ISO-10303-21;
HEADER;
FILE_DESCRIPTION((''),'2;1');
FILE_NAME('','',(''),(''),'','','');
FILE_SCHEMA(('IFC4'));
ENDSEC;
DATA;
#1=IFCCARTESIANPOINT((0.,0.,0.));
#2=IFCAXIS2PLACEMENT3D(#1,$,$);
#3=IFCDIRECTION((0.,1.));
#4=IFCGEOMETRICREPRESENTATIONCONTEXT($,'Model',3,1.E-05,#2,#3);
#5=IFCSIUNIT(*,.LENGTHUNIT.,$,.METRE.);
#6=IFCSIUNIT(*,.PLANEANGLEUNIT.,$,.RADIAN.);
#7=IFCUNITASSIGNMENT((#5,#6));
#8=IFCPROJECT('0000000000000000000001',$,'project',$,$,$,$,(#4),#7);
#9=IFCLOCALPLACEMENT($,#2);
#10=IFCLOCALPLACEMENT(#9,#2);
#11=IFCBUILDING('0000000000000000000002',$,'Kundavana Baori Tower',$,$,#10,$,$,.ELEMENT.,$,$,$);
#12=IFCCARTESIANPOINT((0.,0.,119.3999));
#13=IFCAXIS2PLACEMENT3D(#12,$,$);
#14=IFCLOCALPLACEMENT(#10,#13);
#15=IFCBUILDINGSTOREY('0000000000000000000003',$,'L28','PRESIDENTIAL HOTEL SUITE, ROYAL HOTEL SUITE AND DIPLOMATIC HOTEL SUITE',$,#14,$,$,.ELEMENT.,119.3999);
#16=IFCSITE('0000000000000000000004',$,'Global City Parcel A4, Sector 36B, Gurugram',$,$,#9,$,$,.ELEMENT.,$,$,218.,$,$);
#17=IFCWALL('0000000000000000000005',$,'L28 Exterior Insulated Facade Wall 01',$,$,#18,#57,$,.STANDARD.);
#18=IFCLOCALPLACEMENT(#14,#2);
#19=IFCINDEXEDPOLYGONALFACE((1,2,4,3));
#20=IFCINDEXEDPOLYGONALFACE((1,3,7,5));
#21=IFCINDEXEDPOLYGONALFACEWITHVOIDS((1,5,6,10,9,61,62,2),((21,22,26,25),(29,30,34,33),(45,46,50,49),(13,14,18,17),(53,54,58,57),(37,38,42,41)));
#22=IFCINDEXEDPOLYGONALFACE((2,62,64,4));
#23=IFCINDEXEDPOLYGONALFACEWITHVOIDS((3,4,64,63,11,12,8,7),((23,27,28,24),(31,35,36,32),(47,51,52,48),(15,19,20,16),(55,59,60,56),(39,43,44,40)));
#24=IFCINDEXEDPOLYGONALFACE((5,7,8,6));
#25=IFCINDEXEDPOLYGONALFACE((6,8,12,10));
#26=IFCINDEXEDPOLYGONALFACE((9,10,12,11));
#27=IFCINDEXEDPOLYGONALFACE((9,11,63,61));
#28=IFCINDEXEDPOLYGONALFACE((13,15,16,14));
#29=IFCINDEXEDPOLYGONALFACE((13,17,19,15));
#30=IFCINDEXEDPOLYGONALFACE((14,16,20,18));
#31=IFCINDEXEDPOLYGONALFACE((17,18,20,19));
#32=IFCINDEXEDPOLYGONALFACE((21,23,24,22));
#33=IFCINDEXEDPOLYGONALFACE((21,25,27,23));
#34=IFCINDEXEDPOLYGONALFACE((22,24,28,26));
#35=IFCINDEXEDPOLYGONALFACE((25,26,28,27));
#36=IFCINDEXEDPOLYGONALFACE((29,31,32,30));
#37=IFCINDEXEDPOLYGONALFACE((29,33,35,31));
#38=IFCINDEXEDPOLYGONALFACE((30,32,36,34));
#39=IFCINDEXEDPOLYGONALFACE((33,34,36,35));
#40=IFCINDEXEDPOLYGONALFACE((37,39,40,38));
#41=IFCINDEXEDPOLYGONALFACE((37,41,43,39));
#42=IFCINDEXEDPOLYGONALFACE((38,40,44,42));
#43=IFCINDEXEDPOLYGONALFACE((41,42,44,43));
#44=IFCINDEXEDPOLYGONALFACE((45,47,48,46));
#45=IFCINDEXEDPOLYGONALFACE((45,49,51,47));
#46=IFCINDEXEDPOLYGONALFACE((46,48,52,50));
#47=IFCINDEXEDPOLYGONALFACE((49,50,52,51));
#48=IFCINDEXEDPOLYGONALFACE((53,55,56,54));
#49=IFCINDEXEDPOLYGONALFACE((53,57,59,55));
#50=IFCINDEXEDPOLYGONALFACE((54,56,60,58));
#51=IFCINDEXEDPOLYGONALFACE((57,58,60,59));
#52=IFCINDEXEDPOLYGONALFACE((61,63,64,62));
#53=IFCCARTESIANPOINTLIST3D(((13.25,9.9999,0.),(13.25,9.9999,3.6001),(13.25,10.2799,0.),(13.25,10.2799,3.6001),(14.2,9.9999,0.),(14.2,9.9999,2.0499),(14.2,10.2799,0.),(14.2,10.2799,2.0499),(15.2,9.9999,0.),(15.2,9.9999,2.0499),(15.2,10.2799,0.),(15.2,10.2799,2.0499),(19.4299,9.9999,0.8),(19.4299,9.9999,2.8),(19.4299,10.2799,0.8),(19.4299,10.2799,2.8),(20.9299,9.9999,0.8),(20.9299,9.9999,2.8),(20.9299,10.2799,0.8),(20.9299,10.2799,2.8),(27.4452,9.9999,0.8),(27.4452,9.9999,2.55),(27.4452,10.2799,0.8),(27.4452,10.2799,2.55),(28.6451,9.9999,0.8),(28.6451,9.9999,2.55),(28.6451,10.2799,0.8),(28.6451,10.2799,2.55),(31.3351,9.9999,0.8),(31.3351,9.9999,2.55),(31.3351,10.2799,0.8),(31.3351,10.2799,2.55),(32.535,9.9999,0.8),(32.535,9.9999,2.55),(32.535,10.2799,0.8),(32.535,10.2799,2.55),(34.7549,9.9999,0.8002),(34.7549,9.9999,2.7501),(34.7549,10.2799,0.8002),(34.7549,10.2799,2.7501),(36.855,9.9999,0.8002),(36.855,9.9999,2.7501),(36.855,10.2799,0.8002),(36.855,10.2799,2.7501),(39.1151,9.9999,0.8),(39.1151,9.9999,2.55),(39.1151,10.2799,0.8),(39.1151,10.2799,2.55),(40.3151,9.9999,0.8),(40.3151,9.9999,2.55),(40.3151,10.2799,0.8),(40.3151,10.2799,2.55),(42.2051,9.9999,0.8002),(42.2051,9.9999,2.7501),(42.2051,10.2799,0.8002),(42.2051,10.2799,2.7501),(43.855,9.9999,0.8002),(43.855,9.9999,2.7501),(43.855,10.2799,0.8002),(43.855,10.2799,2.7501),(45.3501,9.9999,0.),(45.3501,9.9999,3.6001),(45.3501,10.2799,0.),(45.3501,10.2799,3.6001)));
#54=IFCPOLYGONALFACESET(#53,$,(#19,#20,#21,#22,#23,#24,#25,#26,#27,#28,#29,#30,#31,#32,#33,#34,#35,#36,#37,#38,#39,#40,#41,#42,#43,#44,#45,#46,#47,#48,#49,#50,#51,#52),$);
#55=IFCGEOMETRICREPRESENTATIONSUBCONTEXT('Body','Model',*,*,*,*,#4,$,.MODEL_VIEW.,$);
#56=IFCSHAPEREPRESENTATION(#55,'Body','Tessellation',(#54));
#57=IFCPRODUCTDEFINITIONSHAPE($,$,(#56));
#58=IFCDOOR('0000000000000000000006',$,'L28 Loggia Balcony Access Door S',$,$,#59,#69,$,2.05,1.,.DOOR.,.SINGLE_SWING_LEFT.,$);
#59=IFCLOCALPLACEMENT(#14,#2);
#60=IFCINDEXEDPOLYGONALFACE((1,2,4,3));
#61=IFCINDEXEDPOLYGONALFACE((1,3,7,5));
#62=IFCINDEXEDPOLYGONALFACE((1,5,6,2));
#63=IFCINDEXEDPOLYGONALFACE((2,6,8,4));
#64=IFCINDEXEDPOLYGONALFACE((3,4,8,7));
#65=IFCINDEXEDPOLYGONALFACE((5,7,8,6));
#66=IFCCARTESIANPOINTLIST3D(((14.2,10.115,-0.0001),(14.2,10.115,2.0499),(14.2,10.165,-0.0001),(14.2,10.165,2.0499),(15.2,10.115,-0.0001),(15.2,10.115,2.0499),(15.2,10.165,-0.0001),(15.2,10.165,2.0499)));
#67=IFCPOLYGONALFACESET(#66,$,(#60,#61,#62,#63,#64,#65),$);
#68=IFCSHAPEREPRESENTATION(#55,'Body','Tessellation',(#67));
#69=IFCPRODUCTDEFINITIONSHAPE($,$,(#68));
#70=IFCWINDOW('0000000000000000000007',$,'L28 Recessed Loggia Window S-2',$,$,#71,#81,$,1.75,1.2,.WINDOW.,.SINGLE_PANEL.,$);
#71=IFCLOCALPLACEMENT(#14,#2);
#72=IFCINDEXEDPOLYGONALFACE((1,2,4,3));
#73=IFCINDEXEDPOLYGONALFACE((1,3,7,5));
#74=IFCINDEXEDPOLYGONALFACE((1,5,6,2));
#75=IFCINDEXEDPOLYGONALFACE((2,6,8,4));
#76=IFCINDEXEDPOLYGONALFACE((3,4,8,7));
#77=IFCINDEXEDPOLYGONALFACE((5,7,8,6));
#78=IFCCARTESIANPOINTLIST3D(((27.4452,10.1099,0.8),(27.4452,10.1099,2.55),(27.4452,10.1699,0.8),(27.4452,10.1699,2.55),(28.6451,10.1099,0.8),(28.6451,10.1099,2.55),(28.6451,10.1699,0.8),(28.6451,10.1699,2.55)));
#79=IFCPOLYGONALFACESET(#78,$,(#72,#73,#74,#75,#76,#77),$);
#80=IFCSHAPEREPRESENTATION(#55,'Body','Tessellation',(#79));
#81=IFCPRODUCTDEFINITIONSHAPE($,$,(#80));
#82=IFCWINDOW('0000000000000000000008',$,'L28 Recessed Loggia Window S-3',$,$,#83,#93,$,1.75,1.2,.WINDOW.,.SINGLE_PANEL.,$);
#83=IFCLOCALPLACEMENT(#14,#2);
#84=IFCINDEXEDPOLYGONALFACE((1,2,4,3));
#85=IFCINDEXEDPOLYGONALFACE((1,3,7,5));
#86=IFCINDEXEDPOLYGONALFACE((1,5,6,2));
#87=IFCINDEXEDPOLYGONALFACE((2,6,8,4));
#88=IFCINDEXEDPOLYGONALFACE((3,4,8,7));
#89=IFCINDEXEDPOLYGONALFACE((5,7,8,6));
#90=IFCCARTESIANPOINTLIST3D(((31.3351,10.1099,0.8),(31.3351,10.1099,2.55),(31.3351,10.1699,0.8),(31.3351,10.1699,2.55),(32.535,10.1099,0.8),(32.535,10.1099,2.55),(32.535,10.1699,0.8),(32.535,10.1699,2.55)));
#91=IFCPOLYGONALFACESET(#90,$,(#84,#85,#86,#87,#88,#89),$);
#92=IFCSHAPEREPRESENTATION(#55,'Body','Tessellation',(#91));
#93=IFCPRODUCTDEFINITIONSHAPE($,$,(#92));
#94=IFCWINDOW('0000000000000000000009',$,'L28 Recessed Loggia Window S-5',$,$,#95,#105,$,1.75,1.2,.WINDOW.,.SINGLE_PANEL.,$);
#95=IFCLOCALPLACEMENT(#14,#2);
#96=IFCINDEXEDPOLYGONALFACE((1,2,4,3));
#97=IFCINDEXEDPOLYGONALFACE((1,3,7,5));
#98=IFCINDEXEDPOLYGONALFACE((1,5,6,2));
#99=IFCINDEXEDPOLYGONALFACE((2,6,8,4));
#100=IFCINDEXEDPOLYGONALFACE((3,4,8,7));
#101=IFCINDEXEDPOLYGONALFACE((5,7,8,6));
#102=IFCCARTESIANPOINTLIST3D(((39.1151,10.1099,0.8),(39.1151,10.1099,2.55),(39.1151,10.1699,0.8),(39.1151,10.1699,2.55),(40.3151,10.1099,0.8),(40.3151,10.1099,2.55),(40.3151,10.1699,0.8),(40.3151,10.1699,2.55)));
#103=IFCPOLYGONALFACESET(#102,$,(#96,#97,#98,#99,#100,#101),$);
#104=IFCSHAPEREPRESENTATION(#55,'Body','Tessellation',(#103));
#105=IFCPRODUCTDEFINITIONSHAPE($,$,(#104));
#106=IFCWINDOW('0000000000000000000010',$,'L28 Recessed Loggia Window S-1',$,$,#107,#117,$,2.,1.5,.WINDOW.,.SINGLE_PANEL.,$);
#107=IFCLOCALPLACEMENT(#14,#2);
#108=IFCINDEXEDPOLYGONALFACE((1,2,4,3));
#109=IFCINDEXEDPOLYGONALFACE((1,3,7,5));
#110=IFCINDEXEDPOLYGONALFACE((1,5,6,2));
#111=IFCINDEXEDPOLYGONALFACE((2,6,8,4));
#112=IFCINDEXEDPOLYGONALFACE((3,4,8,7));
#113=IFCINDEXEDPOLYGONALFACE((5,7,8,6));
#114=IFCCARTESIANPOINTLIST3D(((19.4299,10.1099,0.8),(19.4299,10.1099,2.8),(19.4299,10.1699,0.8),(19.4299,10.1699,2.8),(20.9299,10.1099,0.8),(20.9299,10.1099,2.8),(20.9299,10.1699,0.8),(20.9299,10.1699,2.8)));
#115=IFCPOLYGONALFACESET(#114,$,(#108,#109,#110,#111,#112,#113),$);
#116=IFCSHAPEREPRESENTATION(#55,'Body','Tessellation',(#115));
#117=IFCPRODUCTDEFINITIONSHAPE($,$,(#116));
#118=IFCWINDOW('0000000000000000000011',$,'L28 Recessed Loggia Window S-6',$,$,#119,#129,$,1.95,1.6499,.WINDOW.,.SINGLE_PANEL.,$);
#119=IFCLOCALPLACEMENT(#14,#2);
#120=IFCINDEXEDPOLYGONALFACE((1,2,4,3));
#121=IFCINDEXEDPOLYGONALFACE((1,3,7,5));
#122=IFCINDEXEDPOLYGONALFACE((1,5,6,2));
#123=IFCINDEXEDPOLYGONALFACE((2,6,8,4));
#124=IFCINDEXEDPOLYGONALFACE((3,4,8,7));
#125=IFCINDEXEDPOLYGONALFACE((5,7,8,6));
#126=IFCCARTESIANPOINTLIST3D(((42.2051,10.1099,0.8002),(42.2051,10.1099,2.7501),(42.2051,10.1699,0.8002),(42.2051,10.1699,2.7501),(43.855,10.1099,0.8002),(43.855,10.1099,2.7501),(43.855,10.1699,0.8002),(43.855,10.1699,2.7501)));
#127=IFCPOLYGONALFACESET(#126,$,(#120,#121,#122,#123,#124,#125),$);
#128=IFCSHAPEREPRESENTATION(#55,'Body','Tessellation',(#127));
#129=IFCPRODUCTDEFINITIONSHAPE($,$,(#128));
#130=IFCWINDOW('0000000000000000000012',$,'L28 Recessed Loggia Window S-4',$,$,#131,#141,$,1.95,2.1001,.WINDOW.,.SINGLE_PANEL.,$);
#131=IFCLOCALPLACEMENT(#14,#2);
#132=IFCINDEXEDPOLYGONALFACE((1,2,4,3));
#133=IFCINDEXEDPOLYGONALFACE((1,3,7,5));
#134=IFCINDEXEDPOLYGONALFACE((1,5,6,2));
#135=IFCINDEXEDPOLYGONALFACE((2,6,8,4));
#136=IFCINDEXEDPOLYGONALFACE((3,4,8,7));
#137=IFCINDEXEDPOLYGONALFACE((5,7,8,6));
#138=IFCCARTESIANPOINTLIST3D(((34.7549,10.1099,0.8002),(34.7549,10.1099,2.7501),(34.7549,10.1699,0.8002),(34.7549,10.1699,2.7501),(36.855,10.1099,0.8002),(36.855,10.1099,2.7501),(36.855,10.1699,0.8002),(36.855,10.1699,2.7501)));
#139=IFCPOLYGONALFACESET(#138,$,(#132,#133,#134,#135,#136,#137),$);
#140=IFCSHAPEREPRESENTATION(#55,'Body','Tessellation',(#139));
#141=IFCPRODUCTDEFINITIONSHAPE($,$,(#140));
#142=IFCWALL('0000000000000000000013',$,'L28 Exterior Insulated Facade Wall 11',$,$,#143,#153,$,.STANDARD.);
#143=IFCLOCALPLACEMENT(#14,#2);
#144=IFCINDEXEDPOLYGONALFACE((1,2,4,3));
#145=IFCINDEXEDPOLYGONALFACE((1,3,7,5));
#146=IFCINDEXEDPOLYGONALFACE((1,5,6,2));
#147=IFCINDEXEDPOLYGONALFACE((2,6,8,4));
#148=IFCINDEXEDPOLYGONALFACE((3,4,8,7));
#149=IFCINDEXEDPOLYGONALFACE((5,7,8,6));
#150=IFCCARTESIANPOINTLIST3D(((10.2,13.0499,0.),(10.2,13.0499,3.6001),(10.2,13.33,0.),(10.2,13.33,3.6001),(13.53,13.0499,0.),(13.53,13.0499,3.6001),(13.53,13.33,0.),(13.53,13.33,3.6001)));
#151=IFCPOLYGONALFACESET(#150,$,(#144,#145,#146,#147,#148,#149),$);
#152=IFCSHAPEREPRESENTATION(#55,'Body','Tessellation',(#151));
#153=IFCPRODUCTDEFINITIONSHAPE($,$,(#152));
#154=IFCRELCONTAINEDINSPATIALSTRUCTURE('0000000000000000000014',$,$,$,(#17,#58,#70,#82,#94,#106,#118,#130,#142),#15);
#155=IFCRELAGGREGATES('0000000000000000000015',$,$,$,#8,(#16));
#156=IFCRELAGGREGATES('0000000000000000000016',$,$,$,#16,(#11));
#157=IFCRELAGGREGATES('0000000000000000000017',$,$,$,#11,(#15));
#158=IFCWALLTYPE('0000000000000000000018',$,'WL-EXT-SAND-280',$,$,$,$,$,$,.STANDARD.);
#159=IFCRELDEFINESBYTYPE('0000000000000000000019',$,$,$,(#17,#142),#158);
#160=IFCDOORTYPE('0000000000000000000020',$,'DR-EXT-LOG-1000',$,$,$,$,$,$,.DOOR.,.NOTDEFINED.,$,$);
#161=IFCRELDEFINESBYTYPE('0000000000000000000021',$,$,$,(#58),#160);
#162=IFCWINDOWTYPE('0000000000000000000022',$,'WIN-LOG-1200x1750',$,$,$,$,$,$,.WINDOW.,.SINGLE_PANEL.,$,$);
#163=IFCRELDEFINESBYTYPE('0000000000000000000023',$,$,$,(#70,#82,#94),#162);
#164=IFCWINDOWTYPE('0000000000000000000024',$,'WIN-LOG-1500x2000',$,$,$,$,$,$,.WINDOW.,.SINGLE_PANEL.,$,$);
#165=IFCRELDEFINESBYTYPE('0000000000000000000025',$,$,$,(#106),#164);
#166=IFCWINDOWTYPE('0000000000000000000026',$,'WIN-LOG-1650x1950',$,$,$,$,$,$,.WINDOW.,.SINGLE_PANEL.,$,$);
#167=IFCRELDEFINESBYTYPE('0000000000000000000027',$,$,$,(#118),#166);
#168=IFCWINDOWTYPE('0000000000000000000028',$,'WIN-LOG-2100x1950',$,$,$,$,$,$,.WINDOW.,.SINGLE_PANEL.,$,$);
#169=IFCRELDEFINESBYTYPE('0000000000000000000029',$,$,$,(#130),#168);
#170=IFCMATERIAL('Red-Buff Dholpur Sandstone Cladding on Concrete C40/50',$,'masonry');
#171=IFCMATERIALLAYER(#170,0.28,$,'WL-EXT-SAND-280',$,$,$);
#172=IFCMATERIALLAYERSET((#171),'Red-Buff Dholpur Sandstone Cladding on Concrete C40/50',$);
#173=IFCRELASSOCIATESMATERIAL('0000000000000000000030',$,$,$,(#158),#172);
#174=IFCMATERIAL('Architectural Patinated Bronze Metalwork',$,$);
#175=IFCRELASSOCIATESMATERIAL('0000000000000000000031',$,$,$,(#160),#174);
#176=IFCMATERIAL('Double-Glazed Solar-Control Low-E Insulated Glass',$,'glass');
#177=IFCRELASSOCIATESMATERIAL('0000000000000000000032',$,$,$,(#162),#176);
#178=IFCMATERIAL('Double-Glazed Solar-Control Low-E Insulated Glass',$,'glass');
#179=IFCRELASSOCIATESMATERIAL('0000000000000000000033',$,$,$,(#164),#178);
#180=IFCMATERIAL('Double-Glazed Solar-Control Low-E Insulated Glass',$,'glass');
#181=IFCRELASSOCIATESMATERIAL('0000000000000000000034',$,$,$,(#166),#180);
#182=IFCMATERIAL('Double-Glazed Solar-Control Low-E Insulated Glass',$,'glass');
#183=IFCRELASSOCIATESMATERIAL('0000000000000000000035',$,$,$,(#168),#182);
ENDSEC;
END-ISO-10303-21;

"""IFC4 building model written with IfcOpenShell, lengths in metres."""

from ifc_helpers import new_model, si_unit, direction, frame, frame_2d, origin, place, context, subcontext, project, spatial, rectangle, extrude, material, layer, layer_set, type_object, element, fill, save


model = new_model("IFC4")

# Units and contexts
model_context = context("Model", 3, precision=1e-05, world=origin(), true_north=direction((0.0, 1.0)))
body_context = subcontext(model_context, "Body", "Model", "MODEL_VIEW")
ifc_project = project(units=[si_unit("LENGTHUNIT", "METRE"), si_unit("PLANEANGLEUNIT", "RADIAN")], contexts=[model_context])

# Site, building, storey
site_placement = place(None, origin())
site = spatial("IfcSite", under=ifc_project, at=site_placement, Name="Global City Parcel A4, Sector 36B, Gurugram", CompositionType="ELEMENT", RefElevation=218.0)
building_placement = place(site_placement, origin())
building = spatial("IfcBuilding", under=site, at=building_placement, Name="Kundavana Baori Tower", CompositionType="ELEMENT")
storey_placement = place(building_placement, frame((0.0, 0.0, 119.3999)))
storey = spatial("IfcBuildingStorey", under=building, at=storey_placement, Name="L28", Description="PRESIDENTIAL HOTEL SUITE, ROYAL HOTEL SUITE AND DIPLOMATIC HOTEL SUITE", CompositionType="ELEMENT", Elevation=119.3999)

# Wall, openings, door, windows
ifc_material_1 = material(Name="Red-Buff Dholpur Sandstone Cladding on Concrete C40/50", Category="masonry")
ifc_layer_1 = layer(ifc_material_1, 0.28, Name="WL-EXT-SAND-280")
ifc_layer_set_1 = layer_set([ifc_layer_1], Name="Red-Buff Dholpur Sandstone Cladding on Concrete C40/50")
wall_type_1 = type_object("IfcWallType", Name="WL-EXT-SAND-280", PredefinedType="STANDARD", material=ifc_layer_set_1)
wall_1_placement = place(storey_placement, frame((13.25, 10.1399, 0.0), z_axis=(0.0, 0.0, 1.0), x_axis=(1.0, 0.0, 0.0)))
wall_1 = element("IfcWall", 1, at=wall_1_placement, inside=storey, type_object=wall_type_1, Name="L28 Exterior Insulated Facade Wall 01", PredefinedType="STANDARD", context=body_context, shape_type="SweptSolid", body=[
    extrude(rectangle(XDim=32.1001, YDim=0.28, at=frame_2d((16.05, 0.0))), origin(), (0.0, 0.0, 1.0), 3.6001),
])
opening_1_placement = place(wall_1_placement, frame((0.95, 0.0, 0.0)))
opening_1 = element("IfcOpeningElement", 2, at=opening_1_placement, cuts=wall_1, PredefinedType="OPENING", context=body_context, shape_type="SweptSolid", body=[
    extrude(rectangle(XDim=1.0, YDim=2.05, at=frame_2d((0.5, 1.0249))), frame((0.0, 0.1499, 0.0), z_axis=(0.0, -1.0, 0.0), x_axis=(1.0, 0.0, 0.0)), (0.0, 0.0, 1.0), 0.3),
])
opening_2_placement = place(wall_1_placement, frame((6.1799, 0.0, 0.8)))
opening_2 = element("IfcOpeningElement", 3, at=opening_2_placement, cuts=wall_1, PredefinedType="OPENING", context=body_context, shape_type="SweptSolid", body=[
    extrude(rectangle(XDim=1.5, YDim=2.0, at=frame_2d((0.75, 1.0))), frame((0.0, 0.1499, 0.0), z_axis=(0.0, -1.0, 0.0), x_axis=(1.0, 0.0, 0.0)), (0.0, 0.0, 1.0), 0.3),
])
opening_3_placement = place(wall_1_placement, frame((14.1951, 0.0, 0.8)))
opening_3 = element("IfcOpeningElement", 4, at=opening_3_placement, cuts=wall_1, PredefinedType="OPENING", context=body_context, shape_type="SweptSolid", body=[
    extrude(rectangle(XDim=1.2, YDim=1.75, at=frame_2d((0.6001, 0.875))), frame((0.0, 0.1499, 0.0), z_axis=(0.0, -1.0, 0.0), x_axis=(1.0, 0.0, 0.0)), (0.0, 0.0, 1.0), 0.3),
])
opening_4_placement = place(wall_1_placement, frame((18.085, 0.0, 0.8)))
opening_4 = element("IfcOpeningElement", 5, at=opening_4_placement, cuts=wall_1, PredefinedType="OPENING", context=body_context, shape_type="SweptSolid", body=[
    extrude(rectangle(XDim=1.2, YDim=1.75, at=frame_2d((0.6001, 0.875))), frame((0.0, 0.1499, 0.0), z_axis=(0.0, -1.0, 0.0), x_axis=(1.0, 0.0, 0.0)), (0.0, 0.0, 1.0), 0.3),
])
opening_5_placement = place(wall_1_placement, frame((21.5049, 0.0, 0.8)))
opening_5 = element("IfcOpeningElement", 6, at=opening_5_placement, cuts=wall_1, PredefinedType="OPENING", context=body_context, shape_type="SweptSolid", body=[
    extrude(rectangle(XDim=2.1001, YDim=1.95, at=frame_2d((1.05, 0.9751))), frame((0.0, 0.1499, 0.0), z_axis=(0.0, -1.0, 0.0), x_axis=(1.0, 0.0, 0.0)), (0.0, 0.0, 1.0), 0.3),
])
opening_6_placement = place(wall_1_placement, frame((25.865, 0.0, 0.8)))
opening_6 = element("IfcOpeningElement", 7, at=opening_6_placement, cuts=wall_1, PredefinedType="OPENING", context=body_context, shape_type="SweptSolid", body=[
    extrude(rectangle(XDim=1.2, YDim=1.75, at=frame_2d((0.6001, 0.875))), frame((0.0, 0.1499, 0.0), z_axis=(0.0, -1.0, 0.0), x_axis=(1.0, 0.0, 0.0)), (0.0, 0.0, 1.0), 0.3),
])
opening_7_placement = place(wall_1_placement, frame((28.9551, 0.0, 0.8)))
opening_7 = element("IfcOpeningElement", 8, at=opening_7_placement, cuts=wall_1, PredefinedType="OPENING", context=body_context, shape_type="SweptSolid", body=[
    extrude(rectangle(XDim=1.6499, YDim=1.95, at=frame_2d((0.825, 0.9751))), frame((0.0, 0.1499, 0.0), z_axis=(0.0, -1.0, 0.0), x_axis=(1.0, 0.0, 0.0)), (0.0, 0.0, 1.0), 0.3),
])
ifc_material_2 = material(Name="Architectural Patinated Bronze Metalwork")
door_type = type_object("IfcDoorType", Name="DR-EXT-LOG-1000", OperationType="NOTDEFINED", PredefinedType="DOOR", material=ifc_material_2)
door_placement = place(opening_1_placement, frame((1.0, 0.0, 0.0), z_axis=(0.0, 0.0, 1.0), x_axis=(-1.0, 0.0, 0.0)))
door = element("IfcDoor", 9, at=door_placement, inside=storey, type_object=door_type, Name="L28 Loggia Balcony Access Door S", OperationType="SINGLE_SWING_LEFT", OverallHeight=2.05, OverallWidth=1.0, PredefinedType="DOOR", context=body_context, shape_type="SweptSolid", body=[
    extrude(rectangle(XDim=1.0, YDim=2.05, at=frame_2d((0.5, 1.0249))), frame((0.0, 0.0249, 0.0), z_axis=(0.0, -1.0, 0.0), x_axis=(1.0, 0.0, 0.0)), (0.0, 0.0, 1.0), 0.05),
])
fill(opening_1, door)
ifc_material_3 = material(Name="Double-Glazed Solar-Control Low-E Insulated Glass", Category="glass")
window_type_1 = type_object("IfcWindowType", Name="WIN-LOG-1200x1750", PartitioningType="SINGLE_PANEL", PredefinedType="WINDOW", material=ifc_material_3)
window_1_placement = place(opening_3_placement, origin())
window_1 = element("IfcWindow", 10, at=window_1_placement, inside=storey, type_object=window_type_1, Name="L28 Recessed Loggia Window S-2", OverallHeight=1.75, OverallWidth=1.2, PartitioningType="SINGLE_PANEL", PredefinedType="WINDOW", context=body_context, shape_type="SweptSolid", body=[
    extrude(rectangle(XDim=1.2, YDim=1.75, at=frame_2d((0.6001, 0.875))), frame((0.0, 0.03, 0.0), z_axis=(0.0, -1.0, 0.0), x_axis=(1.0, 0.0, 0.0)), (0.0, 0.0, 1.0), 0.0601),
])
fill(opening_3, window_1)
window_2_placement = place(opening_4_placement, origin())
window_2 = element("IfcWindow", 11, at=window_2_placement, inside=storey, type_object=window_type_1, Name="L28 Recessed Loggia Window S-3", OverallHeight=1.75, OverallWidth=1.2, PartitioningType="SINGLE_PANEL", PredefinedType="WINDOW", context=body_context, shape_type="SweptSolid", body=[
    extrude(rectangle(XDim=1.2, YDim=1.75, at=frame_2d((0.6001, 0.875))), frame((0.0, 0.03, 0.0), z_axis=(0.0, -1.0, 0.0), x_axis=(1.0, 0.0, 0.0)), (0.0, 0.0, 1.0), 0.0601),
])
fill(opening_4, window_2)
window_3_placement = place(opening_6_placement, origin())
window_3 = element("IfcWindow", 12, at=window_3_placement, inside=storey, type_object=window_type_1, Name="L28 Recessed Loggia Window S-5", OverallHeight=1.75, OverallWidth=1.2, PartitioningType="SINGLE_PANEL", PredefinedType="WINDOW", context=body_context, shape_type="SweptSolid", body=[
    extrude(rectangle(XDim=1.2, YDim=1.75, at=frame_2d((0.6001, 0.875))), frame((0.0, 0.03, 0.0), z_axis=(0.0, -1.0, 0.0), x_axis=(1.0, 0.0, 0.0)), (0.0, 0.0, 1.0), 0.0601),
])
fill(opening_6, window_3)
ifc_material_4 = material(Name="Double-Glazed Solar-Control Low-E Insulated Glass", Category="glass")
window_type_2 = type_object("IfcWindowType", Name="WIN-LOG-1500x2000", PartitioningType="SINGLE_PANEL", PredefinedType="WINDOW", material=ifc_material_4)
window_4_placement = place(opening_2_placement, origin())
window_4 = element("IfcWindow", 13, at=window_4_placement, inside=storey, type_object=window_type_2, Name="L28 Recessed Loggia Window S-1", OverallHeight=2.0, OverallWidth=1.5, PartitioningType="SINGLE_PANEL", PredefinedType="WINDOW", context=body_context, shape_type="SweptSolid", body=[
    extrude(rectangle(XDim=1.5, YDim=2.0, at=frame_2d((0.75, 1.0))), frame((0.0, 0.03, 0.0), z_axis=(0.0, -1.0, 0.0), x_axis=(1.0, 0.0, 0.0)), (0.0, 0.0, 1.0), 0.0601),
])
fill(opening_2, window_4)
ifc_material_5 = material(Name="Double-Glazed Solar-Control Low-E Insulated Glass", Category="glass")
window_type_3 = type_object("IfcWindowType", Name="WIN-LOG-1650x1950", PartitioningType="SINGLE_PANEL", PredefinedType="WINDOW", material=ifc_material_5)
window_5_placement = place(opening_7_placement, origin())
window_5 = element("IfcWindow", 14, at=window_5_placement, inside=storey, type_object=window_type_3, Name="L28 Recessed Loggia Window S-6", OverallHeight=1.95, OverallWidth=1.6499, PartitioningType="SINGLE_PANEL", PredefinedType="WINDOW", context=body_context, shape_type="SweptSolid", body=[
    extrude(rectangle(XDim=1.6499, YDim=1.95, at=frame_2d((0.825, 0.9751))), frame((0.0, 0.03, 0.0), z_axis=(0.0, -1.0, 0.0), x_axis=(1.0, 0.0, 0.0)), (0.0, 0.0, 1.0), 0.0601),
])
fill(opening_7, window_5)
ifc_material_6 = material(Name="Double-Glazed Solar-Control Low-E Insulated Glass", Category="glass")
window_type_4 = type_object("IfcWindowType", Name="WIN-LOG-2100x1950", PartitioningType="SINGLE_PANEL", PredefinedType="WINDOW", material=ifc_material_6)
window_6_placement = place(opening_5_placement, origin())
window_6 = element("IfcWindow", 15, at=window_6_placement, inside=storey, type_object=window_type_4, Name="L28 Recessed Loggia Window S-4", OverallHeight=1.95, OverallWidth=2.1001, PartitioningType="SINGLE_PANEL", PredefinedType="WINDOW", context=body_context, shape_type="SweptSolid", body=[
    extrude(rectangle(XDim=2.1001, YDim=1.95, at=frame_2d((1.05, 0.9751))), frame((0.0, 0.03, 0.0), z_axis=(0.0, -1.0, 0.0), x_axis=(1.0, 0.0, 0.0)), (0.0, 0.0, 1.0), 0.0601),
])
fill(opening_5, window_6)

# Wall
wall_2_placement = place(storey_placement, frame((10.2, 13.1899, 0.0), z_axis=(0.0, 0.0, 1.0), x_axis=(1.0, 0.0, 0.0)))
element("IfcWall", 16, at=wall_2_placement, inside=storey, type_object=wall_type_1, Name="L28 Exterior Insulated Facade Wall 11", PredefinedType="STANDARD", context=body_context, shape_type="SweptSolid", body=[
    extrude(rectangle(XDim=3.3301, YDim=0.28, at=frame_2d((1.665, 0.0))), origin(), (0.0, 0.0, 1.0), 3.6001),
])

save(model, "model.ifc")
